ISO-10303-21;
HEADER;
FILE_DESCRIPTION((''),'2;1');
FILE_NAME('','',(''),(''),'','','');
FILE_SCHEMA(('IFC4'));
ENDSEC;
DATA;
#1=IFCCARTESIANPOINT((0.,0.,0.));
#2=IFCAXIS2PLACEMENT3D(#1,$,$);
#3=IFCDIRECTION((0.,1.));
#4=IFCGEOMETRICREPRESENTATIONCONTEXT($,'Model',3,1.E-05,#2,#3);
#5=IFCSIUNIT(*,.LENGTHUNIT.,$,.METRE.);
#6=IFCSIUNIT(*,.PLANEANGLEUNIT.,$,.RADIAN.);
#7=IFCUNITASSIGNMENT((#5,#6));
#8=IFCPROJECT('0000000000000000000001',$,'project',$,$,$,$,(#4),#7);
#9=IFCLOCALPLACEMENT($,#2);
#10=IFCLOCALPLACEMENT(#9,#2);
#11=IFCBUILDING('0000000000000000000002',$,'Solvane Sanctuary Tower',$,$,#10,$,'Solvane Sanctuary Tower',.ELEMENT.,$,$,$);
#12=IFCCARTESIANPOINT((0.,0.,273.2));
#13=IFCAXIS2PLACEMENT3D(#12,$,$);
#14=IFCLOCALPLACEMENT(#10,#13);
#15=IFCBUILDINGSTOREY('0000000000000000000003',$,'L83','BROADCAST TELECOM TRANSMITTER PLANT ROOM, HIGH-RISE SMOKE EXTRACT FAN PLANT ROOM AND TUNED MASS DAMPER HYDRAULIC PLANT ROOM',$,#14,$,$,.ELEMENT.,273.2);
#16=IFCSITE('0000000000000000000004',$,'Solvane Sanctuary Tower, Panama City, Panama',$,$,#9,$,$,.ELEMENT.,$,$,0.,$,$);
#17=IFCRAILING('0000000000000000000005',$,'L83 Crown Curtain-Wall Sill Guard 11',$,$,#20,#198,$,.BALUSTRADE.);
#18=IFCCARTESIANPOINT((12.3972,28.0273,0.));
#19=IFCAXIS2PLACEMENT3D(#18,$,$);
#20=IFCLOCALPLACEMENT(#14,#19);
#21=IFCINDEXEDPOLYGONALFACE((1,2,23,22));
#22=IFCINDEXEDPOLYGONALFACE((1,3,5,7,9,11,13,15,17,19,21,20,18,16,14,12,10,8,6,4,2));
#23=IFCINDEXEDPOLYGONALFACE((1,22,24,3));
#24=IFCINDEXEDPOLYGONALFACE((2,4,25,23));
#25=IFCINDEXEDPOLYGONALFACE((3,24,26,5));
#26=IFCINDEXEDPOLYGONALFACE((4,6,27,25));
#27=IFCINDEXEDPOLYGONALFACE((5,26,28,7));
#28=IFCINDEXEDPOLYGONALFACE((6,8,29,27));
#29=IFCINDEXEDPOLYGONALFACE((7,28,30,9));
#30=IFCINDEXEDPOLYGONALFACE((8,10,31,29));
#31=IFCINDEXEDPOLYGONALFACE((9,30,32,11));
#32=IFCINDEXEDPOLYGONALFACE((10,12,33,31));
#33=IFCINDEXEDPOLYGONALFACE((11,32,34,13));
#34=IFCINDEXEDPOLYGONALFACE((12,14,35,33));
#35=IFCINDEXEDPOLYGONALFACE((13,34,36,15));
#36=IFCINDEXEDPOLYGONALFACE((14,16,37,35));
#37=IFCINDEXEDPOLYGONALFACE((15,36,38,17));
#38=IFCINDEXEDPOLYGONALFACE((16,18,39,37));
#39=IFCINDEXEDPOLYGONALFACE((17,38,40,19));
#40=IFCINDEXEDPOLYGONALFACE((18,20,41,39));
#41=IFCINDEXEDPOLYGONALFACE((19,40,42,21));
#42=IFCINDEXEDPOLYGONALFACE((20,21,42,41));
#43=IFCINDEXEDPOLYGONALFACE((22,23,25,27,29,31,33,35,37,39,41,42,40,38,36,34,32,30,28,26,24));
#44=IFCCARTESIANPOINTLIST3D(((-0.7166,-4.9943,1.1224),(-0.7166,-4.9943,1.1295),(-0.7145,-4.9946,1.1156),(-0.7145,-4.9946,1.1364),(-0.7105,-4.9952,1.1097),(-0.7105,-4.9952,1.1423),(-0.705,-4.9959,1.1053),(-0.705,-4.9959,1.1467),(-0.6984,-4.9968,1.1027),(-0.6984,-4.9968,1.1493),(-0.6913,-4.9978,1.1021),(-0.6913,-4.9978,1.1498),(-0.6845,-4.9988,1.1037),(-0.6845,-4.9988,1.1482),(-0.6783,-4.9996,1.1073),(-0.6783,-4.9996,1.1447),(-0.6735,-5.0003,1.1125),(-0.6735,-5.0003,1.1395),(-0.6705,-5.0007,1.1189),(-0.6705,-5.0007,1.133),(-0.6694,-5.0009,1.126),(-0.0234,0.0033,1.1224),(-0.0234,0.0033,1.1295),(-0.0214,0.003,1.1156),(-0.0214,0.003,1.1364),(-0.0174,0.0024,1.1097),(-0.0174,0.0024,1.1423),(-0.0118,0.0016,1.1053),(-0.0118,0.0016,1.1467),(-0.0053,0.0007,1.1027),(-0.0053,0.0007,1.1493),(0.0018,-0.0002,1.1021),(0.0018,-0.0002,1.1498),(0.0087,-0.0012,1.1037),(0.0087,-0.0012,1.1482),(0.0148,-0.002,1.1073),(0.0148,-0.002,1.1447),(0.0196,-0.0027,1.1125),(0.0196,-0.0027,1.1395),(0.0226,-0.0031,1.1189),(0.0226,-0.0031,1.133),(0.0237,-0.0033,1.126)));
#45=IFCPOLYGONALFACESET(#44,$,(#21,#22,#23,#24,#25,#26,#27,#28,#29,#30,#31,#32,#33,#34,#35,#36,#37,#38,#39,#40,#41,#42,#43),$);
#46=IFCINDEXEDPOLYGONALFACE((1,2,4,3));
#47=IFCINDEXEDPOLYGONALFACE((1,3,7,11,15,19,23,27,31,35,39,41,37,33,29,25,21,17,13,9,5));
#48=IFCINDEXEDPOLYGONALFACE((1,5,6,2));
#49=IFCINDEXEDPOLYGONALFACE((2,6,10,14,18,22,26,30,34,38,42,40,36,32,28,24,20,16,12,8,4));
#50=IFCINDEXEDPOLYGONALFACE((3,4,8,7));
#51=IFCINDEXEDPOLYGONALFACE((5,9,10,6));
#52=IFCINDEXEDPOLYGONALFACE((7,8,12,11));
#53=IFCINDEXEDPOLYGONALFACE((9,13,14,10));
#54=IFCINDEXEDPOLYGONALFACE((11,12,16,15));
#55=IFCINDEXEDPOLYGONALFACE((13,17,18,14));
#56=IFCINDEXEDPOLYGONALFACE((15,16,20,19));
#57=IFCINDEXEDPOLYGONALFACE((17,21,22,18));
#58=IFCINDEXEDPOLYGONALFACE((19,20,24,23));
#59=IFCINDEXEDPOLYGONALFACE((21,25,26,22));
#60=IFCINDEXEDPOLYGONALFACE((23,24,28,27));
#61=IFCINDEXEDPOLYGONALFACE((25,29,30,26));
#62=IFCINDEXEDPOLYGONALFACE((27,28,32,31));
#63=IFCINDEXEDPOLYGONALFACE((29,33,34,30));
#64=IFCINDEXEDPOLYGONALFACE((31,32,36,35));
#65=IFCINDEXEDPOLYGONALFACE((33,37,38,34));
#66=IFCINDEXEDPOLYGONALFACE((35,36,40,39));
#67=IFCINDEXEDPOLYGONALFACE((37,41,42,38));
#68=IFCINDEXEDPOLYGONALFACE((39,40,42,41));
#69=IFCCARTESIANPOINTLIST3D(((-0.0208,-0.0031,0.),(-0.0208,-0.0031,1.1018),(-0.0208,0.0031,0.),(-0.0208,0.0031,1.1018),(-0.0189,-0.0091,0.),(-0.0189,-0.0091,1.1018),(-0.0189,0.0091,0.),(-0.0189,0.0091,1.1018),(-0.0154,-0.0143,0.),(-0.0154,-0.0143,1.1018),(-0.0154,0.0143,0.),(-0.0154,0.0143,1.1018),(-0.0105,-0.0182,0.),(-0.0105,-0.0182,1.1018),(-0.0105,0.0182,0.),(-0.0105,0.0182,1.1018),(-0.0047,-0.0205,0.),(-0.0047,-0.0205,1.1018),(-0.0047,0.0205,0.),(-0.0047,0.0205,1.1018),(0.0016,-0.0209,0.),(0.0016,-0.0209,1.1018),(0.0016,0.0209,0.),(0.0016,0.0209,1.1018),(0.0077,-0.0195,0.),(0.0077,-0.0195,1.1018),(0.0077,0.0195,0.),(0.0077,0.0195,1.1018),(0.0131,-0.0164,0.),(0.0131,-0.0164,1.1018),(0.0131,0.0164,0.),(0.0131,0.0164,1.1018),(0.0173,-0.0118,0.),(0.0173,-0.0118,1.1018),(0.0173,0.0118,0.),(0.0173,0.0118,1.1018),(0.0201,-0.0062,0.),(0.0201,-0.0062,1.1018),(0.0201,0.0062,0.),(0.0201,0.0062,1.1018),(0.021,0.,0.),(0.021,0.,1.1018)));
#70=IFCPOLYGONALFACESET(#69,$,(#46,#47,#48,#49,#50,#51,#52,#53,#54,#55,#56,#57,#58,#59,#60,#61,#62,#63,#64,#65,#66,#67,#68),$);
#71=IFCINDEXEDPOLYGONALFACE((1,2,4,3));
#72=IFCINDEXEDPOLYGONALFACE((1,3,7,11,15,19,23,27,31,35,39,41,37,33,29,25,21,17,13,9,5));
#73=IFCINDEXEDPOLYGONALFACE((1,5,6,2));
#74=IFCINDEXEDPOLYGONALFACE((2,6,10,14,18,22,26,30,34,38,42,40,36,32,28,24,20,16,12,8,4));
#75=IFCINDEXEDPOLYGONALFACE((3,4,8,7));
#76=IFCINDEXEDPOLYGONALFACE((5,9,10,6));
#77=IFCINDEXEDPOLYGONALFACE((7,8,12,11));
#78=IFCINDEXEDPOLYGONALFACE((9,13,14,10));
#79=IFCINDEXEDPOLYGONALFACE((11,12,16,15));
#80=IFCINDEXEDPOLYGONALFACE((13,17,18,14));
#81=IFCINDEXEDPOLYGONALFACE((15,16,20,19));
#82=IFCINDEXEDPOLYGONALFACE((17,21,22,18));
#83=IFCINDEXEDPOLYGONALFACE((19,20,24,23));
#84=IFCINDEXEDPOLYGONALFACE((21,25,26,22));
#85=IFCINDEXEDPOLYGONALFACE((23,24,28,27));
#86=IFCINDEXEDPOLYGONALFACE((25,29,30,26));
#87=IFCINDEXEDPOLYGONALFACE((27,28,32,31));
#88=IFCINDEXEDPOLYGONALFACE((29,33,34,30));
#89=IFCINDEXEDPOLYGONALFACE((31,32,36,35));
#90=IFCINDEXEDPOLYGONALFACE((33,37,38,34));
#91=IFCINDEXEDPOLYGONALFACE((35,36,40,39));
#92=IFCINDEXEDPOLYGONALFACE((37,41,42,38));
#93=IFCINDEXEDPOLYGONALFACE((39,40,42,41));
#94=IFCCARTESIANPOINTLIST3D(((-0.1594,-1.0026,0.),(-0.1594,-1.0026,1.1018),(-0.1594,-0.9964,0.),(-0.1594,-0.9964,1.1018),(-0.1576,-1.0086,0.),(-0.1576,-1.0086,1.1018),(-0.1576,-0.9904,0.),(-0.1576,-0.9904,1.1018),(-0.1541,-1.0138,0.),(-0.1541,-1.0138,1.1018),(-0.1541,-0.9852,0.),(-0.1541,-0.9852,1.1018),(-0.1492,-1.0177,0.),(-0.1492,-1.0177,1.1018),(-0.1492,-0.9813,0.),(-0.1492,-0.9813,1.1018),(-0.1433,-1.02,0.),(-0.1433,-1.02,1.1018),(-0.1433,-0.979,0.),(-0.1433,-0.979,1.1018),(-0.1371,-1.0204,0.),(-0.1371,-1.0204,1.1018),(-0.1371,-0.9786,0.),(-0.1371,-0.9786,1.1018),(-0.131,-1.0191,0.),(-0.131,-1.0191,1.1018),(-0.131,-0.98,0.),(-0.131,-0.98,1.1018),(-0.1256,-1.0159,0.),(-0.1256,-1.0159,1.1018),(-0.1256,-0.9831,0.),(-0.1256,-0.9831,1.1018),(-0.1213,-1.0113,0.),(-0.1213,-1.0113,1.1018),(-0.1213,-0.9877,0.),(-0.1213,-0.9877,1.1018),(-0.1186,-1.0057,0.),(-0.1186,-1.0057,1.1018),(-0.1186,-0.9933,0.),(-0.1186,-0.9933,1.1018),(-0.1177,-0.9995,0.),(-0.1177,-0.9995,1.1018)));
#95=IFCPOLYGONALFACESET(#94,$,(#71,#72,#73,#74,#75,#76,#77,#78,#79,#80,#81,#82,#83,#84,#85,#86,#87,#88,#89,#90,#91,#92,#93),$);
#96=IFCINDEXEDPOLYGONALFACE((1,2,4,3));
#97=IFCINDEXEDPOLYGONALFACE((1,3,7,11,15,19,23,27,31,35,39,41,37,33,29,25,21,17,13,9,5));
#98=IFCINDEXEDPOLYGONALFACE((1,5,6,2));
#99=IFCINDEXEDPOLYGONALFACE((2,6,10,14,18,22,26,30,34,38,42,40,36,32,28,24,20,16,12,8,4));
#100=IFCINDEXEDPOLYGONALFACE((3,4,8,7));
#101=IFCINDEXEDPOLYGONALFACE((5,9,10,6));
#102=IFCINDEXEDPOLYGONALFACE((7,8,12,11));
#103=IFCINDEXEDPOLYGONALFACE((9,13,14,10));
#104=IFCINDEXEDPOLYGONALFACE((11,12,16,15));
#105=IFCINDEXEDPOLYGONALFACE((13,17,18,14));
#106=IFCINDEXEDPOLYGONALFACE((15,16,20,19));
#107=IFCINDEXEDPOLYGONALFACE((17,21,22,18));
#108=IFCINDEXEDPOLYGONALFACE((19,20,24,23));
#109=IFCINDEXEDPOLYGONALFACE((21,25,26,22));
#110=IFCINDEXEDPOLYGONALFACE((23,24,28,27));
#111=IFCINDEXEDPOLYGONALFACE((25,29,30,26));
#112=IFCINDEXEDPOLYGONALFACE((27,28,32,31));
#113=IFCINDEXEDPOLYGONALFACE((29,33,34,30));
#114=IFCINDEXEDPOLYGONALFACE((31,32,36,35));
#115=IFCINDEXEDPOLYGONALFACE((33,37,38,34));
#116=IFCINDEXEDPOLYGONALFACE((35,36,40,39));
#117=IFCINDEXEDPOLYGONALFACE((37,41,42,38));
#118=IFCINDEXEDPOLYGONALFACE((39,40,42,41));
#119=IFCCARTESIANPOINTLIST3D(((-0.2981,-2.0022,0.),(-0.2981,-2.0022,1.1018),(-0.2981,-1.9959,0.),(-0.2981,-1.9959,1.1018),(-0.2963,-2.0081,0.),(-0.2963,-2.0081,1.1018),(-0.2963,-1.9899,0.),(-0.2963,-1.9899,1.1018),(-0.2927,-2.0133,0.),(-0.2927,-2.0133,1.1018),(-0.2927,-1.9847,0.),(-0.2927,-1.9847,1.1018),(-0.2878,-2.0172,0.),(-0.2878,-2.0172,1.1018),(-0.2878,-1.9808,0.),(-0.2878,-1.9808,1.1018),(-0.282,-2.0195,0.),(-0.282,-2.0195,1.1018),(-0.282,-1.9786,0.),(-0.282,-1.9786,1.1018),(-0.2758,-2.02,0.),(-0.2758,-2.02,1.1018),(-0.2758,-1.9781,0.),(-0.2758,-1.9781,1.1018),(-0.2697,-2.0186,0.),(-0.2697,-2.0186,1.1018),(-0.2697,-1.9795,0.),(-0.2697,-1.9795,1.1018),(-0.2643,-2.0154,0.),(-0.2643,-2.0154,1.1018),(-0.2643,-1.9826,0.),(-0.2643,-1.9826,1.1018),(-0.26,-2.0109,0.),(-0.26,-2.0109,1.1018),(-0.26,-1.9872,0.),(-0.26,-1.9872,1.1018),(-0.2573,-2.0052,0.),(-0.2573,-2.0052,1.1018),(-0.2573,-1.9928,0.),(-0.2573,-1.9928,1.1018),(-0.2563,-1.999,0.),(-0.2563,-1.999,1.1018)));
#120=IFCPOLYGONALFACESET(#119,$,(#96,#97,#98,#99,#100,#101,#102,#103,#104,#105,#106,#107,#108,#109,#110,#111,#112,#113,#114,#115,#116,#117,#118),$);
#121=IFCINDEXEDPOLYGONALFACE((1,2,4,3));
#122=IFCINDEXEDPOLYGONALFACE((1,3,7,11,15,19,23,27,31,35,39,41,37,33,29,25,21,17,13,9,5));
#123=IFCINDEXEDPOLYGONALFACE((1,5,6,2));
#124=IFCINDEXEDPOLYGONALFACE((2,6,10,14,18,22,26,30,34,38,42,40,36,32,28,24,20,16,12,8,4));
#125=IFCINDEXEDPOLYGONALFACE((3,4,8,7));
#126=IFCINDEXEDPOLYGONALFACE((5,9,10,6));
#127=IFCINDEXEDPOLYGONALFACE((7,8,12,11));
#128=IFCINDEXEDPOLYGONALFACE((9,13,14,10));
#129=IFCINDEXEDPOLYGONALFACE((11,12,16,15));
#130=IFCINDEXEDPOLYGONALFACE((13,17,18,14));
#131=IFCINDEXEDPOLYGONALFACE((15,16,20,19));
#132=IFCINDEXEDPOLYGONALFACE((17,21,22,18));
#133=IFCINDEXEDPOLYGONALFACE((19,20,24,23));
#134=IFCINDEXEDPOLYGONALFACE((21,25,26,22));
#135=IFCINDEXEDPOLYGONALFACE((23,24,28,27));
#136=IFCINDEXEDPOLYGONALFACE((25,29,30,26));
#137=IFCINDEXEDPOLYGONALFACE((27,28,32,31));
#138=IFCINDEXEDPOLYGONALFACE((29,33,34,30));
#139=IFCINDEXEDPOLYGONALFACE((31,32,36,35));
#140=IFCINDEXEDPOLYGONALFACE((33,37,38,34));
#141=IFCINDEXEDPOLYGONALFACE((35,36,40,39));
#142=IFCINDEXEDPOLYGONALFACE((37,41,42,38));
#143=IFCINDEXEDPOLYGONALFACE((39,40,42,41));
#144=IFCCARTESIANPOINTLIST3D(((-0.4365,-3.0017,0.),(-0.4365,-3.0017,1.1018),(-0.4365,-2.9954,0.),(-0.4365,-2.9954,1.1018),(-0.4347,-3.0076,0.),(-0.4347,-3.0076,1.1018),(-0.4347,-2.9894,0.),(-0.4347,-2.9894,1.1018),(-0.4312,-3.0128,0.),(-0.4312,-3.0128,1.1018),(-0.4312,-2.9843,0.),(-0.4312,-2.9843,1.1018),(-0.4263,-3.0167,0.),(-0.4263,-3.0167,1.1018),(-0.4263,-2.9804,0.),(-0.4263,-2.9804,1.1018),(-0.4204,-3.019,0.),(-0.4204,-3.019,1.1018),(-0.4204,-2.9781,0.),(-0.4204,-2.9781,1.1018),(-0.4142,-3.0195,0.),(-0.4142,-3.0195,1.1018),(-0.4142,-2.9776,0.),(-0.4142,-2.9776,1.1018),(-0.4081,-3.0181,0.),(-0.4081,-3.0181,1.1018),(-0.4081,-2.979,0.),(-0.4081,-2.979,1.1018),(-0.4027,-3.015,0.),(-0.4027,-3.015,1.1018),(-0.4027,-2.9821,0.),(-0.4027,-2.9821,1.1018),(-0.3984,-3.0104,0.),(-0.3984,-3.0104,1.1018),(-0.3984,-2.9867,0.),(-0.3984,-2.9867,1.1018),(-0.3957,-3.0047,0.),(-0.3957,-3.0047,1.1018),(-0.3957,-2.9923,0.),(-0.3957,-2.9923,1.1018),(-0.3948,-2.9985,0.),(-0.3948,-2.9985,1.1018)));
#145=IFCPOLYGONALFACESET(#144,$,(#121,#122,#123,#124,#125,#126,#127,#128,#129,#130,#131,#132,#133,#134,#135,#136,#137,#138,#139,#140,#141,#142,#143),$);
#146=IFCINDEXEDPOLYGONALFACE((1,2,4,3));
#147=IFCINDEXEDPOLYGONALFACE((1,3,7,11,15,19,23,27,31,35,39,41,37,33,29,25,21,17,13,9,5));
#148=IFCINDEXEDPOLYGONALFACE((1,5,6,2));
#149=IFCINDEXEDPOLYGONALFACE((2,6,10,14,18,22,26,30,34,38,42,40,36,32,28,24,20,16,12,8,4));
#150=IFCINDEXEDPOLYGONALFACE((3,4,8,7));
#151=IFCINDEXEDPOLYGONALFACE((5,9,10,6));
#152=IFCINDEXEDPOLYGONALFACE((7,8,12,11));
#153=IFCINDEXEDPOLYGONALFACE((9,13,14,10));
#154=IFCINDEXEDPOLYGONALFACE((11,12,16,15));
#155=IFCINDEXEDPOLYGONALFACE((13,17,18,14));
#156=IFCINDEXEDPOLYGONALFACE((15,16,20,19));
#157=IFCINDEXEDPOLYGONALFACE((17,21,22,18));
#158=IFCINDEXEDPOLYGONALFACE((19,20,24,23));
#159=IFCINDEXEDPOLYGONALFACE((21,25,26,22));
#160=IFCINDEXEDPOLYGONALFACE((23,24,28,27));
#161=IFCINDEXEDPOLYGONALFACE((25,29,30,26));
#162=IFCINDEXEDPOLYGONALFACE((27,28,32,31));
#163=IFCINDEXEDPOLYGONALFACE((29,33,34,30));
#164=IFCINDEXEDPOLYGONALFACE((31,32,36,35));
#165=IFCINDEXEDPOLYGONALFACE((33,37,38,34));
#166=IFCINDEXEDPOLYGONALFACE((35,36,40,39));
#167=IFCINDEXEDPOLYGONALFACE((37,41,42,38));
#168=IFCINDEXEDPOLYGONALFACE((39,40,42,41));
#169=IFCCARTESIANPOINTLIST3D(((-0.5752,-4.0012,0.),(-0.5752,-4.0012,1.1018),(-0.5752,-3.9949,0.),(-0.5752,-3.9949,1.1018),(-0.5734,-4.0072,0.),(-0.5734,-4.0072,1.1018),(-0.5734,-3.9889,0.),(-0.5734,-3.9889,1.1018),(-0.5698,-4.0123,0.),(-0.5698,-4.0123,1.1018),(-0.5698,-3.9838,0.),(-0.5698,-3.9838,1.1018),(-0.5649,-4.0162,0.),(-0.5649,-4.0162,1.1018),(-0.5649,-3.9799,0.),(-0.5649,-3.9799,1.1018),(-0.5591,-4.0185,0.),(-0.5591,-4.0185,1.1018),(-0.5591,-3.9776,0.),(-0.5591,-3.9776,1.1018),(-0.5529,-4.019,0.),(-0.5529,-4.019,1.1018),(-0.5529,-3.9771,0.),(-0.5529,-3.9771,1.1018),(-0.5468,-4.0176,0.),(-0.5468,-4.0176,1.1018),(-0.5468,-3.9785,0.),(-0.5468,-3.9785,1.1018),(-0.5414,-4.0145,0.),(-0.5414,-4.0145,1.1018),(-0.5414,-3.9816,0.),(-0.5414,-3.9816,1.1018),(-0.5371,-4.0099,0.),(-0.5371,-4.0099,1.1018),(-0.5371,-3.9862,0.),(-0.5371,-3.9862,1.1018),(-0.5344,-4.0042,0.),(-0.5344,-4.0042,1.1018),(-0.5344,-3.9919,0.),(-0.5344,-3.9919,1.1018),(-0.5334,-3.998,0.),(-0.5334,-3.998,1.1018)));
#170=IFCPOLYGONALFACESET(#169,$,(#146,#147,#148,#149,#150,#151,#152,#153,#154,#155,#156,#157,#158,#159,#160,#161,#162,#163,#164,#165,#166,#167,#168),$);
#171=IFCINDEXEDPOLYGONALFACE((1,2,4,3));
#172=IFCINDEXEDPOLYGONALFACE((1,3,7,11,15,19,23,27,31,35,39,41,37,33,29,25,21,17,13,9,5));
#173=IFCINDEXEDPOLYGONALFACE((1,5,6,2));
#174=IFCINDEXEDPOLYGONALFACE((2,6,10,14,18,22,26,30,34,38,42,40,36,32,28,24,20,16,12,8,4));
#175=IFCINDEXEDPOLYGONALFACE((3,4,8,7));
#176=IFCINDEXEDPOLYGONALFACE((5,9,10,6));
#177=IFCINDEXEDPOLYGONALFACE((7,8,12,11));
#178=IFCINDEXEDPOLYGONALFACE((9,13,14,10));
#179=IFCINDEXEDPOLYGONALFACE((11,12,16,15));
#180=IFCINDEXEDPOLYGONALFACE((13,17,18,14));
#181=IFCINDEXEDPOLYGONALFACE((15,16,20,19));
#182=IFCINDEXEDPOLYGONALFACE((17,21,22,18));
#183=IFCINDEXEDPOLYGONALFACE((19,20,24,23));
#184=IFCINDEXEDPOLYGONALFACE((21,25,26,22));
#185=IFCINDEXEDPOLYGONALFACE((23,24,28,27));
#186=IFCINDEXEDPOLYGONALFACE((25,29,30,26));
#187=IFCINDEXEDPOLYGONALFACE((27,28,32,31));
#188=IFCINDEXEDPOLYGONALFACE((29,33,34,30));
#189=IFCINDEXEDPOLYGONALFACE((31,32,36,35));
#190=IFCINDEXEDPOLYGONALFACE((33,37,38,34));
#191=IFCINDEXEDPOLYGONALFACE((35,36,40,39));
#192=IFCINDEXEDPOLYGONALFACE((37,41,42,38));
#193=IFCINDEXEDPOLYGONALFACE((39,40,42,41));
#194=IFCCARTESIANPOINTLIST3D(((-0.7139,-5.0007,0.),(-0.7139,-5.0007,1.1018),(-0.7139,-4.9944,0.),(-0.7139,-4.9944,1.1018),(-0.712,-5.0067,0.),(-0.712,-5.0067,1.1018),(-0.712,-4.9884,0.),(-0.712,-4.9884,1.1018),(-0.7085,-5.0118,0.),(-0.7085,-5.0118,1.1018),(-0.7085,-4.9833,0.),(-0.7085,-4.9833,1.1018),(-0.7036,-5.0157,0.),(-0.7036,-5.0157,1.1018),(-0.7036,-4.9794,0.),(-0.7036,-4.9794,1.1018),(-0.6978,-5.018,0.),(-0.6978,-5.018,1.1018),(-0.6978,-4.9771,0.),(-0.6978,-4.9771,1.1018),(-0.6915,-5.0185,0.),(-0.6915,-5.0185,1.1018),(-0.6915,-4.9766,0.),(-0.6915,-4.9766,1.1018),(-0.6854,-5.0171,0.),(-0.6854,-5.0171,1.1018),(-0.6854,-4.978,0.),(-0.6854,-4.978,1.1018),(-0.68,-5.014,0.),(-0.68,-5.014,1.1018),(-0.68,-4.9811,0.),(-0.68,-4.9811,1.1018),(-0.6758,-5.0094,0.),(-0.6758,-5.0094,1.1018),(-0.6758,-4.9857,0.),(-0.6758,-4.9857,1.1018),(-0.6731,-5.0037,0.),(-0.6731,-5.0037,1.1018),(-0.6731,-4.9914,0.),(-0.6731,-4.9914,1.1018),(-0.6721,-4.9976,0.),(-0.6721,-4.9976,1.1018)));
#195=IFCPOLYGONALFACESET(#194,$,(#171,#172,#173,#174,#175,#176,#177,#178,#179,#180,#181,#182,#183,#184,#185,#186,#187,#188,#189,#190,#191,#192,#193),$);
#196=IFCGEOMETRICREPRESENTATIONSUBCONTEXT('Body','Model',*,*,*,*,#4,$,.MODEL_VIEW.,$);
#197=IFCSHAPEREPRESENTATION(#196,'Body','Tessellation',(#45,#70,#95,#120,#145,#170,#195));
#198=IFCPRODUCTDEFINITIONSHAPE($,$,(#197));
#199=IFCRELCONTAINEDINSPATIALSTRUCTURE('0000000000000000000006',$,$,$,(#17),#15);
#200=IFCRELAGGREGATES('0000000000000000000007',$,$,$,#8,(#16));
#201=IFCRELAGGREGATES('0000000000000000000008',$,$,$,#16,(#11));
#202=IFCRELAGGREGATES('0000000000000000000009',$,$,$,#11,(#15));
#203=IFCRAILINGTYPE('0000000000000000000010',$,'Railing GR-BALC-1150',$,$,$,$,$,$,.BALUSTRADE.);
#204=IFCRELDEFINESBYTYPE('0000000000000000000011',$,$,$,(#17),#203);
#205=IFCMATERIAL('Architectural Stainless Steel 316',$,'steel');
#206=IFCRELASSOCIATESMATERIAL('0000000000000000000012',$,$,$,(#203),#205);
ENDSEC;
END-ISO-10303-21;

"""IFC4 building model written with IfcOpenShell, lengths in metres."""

from ifc_helpers import new_model, si_unit, direction, frame, origin, origin_2d, place, context, subcontext, project, spatial, circle, extrude, material, type_object, element, save


model = new_model("IFC4")

# Units and contexts
model_context = context("Model", 3, precision=1e-05, world=origin(), true_north=direction((0.0, 1.0)))
body_context = subcontext(model_context, "Body", "Model", "MODEL_VIEW")
ifc_project = project(units=[si_unit("LENGTHUNIT", "METRE"), si_unit("PLANEANGLEUNIT", "RADIAN")], contexts=[model_context])

# Site, building, storey
site_placement = place(None, origin())
site = spatial("IfcSite", under=ifc_project, at=site_placement, Name="Solvane Sanctuary Tower, Panama City, Panama", CompositionType="ELEMENT", RefElevation=0.0)
building_placement = place(site_placement, origin())
building = spatial("IfcBuilding", under=site, at=building_placement, Name="Solvane Sanctuary Tower", LongName="Solvane Sanctuary Tower", CompositionType="ELEMENT")
storey_placement = place(building_placement, frame((0.0, 0.0, 273.2)))
storey = spatial("IfcBuildingStorey", under=building, at=storey_placement, Name="L83", Description="BROADCAST TELECOM TRANSMITTER PLANT ROOM, HIGH-RISE SMOKE EXTRACT FAN PLANT ROOM AND TUNED MASS DAMPER HYDRAULIC PLANT ROOM", CompositionType="ELEMENT", Elevation=273.2)

# Shared definitions
ifc_material_1 = material(Name="Architectural Stainless Steel 316", Category="steel")

# Railing
railing_type_1 = type_object("IfcRailingType", Name="Railing GR-BALC-1150", PredefinedType="BALUSTRADE", material=ifc_material_1)
railing_1_placement = place(storey_placement, frame((12.3972, 28.0273, 0.0)))
element("IfcRailing", 1, at=railing_1_placement, inside=storey, type_object=railing_type_1, Name="L83 Crown Curtain-Wall Sill Guard 11", PredefinedType="BALUSTRADE", context=body_context, shape_type="SweptSolid", body=[
    extrude(circle(Radius=0.0239, at=origin_2d()), frame((0.0, 0.0, 1.126), z_axis=(-0.137376, -0.990519, 0.0), x_axis=(0.990519, -0.137376, 0.0)), (0.0, 0.0, 1.0), 5.0454),
    extrude(circle(Radius=0.021, at=origin_2d()), origin(), (0.0, 0.0, 1.0), 1.1018),
    extrude(circle(Radius=0.021, at=origin_2d()), frame((-0.1387, -0.9995, 0.0)), (0.0, 0.0, 1.0), 1.1018),
    extrude(circle(Radius=0.021, at=origin_2d()), frame((-0.2773, -1.999, 0.0)), (0.0, 0.0, 1.0), 1.1018),
    extrude(circle(Radius=0.021, at=origin_2d()), frame((-0.4158, -2.9985, 0.0)), (0.0, 0.0, 1.0), 1.1018),
    extrude(circle(Radius=0.021, at=origin_2d()), frame((-0.5544, -3.998, 0.0)), (0.0, 0.0, 1.0), 1.1018),
    extrude(circle(Radius=0.021, at=origin_2d()), frame((-0.6931, -4.9976, 0.0)), (0.0, 0.0, 1.0), 1.1018),
])

save(model, "model.ifc")
